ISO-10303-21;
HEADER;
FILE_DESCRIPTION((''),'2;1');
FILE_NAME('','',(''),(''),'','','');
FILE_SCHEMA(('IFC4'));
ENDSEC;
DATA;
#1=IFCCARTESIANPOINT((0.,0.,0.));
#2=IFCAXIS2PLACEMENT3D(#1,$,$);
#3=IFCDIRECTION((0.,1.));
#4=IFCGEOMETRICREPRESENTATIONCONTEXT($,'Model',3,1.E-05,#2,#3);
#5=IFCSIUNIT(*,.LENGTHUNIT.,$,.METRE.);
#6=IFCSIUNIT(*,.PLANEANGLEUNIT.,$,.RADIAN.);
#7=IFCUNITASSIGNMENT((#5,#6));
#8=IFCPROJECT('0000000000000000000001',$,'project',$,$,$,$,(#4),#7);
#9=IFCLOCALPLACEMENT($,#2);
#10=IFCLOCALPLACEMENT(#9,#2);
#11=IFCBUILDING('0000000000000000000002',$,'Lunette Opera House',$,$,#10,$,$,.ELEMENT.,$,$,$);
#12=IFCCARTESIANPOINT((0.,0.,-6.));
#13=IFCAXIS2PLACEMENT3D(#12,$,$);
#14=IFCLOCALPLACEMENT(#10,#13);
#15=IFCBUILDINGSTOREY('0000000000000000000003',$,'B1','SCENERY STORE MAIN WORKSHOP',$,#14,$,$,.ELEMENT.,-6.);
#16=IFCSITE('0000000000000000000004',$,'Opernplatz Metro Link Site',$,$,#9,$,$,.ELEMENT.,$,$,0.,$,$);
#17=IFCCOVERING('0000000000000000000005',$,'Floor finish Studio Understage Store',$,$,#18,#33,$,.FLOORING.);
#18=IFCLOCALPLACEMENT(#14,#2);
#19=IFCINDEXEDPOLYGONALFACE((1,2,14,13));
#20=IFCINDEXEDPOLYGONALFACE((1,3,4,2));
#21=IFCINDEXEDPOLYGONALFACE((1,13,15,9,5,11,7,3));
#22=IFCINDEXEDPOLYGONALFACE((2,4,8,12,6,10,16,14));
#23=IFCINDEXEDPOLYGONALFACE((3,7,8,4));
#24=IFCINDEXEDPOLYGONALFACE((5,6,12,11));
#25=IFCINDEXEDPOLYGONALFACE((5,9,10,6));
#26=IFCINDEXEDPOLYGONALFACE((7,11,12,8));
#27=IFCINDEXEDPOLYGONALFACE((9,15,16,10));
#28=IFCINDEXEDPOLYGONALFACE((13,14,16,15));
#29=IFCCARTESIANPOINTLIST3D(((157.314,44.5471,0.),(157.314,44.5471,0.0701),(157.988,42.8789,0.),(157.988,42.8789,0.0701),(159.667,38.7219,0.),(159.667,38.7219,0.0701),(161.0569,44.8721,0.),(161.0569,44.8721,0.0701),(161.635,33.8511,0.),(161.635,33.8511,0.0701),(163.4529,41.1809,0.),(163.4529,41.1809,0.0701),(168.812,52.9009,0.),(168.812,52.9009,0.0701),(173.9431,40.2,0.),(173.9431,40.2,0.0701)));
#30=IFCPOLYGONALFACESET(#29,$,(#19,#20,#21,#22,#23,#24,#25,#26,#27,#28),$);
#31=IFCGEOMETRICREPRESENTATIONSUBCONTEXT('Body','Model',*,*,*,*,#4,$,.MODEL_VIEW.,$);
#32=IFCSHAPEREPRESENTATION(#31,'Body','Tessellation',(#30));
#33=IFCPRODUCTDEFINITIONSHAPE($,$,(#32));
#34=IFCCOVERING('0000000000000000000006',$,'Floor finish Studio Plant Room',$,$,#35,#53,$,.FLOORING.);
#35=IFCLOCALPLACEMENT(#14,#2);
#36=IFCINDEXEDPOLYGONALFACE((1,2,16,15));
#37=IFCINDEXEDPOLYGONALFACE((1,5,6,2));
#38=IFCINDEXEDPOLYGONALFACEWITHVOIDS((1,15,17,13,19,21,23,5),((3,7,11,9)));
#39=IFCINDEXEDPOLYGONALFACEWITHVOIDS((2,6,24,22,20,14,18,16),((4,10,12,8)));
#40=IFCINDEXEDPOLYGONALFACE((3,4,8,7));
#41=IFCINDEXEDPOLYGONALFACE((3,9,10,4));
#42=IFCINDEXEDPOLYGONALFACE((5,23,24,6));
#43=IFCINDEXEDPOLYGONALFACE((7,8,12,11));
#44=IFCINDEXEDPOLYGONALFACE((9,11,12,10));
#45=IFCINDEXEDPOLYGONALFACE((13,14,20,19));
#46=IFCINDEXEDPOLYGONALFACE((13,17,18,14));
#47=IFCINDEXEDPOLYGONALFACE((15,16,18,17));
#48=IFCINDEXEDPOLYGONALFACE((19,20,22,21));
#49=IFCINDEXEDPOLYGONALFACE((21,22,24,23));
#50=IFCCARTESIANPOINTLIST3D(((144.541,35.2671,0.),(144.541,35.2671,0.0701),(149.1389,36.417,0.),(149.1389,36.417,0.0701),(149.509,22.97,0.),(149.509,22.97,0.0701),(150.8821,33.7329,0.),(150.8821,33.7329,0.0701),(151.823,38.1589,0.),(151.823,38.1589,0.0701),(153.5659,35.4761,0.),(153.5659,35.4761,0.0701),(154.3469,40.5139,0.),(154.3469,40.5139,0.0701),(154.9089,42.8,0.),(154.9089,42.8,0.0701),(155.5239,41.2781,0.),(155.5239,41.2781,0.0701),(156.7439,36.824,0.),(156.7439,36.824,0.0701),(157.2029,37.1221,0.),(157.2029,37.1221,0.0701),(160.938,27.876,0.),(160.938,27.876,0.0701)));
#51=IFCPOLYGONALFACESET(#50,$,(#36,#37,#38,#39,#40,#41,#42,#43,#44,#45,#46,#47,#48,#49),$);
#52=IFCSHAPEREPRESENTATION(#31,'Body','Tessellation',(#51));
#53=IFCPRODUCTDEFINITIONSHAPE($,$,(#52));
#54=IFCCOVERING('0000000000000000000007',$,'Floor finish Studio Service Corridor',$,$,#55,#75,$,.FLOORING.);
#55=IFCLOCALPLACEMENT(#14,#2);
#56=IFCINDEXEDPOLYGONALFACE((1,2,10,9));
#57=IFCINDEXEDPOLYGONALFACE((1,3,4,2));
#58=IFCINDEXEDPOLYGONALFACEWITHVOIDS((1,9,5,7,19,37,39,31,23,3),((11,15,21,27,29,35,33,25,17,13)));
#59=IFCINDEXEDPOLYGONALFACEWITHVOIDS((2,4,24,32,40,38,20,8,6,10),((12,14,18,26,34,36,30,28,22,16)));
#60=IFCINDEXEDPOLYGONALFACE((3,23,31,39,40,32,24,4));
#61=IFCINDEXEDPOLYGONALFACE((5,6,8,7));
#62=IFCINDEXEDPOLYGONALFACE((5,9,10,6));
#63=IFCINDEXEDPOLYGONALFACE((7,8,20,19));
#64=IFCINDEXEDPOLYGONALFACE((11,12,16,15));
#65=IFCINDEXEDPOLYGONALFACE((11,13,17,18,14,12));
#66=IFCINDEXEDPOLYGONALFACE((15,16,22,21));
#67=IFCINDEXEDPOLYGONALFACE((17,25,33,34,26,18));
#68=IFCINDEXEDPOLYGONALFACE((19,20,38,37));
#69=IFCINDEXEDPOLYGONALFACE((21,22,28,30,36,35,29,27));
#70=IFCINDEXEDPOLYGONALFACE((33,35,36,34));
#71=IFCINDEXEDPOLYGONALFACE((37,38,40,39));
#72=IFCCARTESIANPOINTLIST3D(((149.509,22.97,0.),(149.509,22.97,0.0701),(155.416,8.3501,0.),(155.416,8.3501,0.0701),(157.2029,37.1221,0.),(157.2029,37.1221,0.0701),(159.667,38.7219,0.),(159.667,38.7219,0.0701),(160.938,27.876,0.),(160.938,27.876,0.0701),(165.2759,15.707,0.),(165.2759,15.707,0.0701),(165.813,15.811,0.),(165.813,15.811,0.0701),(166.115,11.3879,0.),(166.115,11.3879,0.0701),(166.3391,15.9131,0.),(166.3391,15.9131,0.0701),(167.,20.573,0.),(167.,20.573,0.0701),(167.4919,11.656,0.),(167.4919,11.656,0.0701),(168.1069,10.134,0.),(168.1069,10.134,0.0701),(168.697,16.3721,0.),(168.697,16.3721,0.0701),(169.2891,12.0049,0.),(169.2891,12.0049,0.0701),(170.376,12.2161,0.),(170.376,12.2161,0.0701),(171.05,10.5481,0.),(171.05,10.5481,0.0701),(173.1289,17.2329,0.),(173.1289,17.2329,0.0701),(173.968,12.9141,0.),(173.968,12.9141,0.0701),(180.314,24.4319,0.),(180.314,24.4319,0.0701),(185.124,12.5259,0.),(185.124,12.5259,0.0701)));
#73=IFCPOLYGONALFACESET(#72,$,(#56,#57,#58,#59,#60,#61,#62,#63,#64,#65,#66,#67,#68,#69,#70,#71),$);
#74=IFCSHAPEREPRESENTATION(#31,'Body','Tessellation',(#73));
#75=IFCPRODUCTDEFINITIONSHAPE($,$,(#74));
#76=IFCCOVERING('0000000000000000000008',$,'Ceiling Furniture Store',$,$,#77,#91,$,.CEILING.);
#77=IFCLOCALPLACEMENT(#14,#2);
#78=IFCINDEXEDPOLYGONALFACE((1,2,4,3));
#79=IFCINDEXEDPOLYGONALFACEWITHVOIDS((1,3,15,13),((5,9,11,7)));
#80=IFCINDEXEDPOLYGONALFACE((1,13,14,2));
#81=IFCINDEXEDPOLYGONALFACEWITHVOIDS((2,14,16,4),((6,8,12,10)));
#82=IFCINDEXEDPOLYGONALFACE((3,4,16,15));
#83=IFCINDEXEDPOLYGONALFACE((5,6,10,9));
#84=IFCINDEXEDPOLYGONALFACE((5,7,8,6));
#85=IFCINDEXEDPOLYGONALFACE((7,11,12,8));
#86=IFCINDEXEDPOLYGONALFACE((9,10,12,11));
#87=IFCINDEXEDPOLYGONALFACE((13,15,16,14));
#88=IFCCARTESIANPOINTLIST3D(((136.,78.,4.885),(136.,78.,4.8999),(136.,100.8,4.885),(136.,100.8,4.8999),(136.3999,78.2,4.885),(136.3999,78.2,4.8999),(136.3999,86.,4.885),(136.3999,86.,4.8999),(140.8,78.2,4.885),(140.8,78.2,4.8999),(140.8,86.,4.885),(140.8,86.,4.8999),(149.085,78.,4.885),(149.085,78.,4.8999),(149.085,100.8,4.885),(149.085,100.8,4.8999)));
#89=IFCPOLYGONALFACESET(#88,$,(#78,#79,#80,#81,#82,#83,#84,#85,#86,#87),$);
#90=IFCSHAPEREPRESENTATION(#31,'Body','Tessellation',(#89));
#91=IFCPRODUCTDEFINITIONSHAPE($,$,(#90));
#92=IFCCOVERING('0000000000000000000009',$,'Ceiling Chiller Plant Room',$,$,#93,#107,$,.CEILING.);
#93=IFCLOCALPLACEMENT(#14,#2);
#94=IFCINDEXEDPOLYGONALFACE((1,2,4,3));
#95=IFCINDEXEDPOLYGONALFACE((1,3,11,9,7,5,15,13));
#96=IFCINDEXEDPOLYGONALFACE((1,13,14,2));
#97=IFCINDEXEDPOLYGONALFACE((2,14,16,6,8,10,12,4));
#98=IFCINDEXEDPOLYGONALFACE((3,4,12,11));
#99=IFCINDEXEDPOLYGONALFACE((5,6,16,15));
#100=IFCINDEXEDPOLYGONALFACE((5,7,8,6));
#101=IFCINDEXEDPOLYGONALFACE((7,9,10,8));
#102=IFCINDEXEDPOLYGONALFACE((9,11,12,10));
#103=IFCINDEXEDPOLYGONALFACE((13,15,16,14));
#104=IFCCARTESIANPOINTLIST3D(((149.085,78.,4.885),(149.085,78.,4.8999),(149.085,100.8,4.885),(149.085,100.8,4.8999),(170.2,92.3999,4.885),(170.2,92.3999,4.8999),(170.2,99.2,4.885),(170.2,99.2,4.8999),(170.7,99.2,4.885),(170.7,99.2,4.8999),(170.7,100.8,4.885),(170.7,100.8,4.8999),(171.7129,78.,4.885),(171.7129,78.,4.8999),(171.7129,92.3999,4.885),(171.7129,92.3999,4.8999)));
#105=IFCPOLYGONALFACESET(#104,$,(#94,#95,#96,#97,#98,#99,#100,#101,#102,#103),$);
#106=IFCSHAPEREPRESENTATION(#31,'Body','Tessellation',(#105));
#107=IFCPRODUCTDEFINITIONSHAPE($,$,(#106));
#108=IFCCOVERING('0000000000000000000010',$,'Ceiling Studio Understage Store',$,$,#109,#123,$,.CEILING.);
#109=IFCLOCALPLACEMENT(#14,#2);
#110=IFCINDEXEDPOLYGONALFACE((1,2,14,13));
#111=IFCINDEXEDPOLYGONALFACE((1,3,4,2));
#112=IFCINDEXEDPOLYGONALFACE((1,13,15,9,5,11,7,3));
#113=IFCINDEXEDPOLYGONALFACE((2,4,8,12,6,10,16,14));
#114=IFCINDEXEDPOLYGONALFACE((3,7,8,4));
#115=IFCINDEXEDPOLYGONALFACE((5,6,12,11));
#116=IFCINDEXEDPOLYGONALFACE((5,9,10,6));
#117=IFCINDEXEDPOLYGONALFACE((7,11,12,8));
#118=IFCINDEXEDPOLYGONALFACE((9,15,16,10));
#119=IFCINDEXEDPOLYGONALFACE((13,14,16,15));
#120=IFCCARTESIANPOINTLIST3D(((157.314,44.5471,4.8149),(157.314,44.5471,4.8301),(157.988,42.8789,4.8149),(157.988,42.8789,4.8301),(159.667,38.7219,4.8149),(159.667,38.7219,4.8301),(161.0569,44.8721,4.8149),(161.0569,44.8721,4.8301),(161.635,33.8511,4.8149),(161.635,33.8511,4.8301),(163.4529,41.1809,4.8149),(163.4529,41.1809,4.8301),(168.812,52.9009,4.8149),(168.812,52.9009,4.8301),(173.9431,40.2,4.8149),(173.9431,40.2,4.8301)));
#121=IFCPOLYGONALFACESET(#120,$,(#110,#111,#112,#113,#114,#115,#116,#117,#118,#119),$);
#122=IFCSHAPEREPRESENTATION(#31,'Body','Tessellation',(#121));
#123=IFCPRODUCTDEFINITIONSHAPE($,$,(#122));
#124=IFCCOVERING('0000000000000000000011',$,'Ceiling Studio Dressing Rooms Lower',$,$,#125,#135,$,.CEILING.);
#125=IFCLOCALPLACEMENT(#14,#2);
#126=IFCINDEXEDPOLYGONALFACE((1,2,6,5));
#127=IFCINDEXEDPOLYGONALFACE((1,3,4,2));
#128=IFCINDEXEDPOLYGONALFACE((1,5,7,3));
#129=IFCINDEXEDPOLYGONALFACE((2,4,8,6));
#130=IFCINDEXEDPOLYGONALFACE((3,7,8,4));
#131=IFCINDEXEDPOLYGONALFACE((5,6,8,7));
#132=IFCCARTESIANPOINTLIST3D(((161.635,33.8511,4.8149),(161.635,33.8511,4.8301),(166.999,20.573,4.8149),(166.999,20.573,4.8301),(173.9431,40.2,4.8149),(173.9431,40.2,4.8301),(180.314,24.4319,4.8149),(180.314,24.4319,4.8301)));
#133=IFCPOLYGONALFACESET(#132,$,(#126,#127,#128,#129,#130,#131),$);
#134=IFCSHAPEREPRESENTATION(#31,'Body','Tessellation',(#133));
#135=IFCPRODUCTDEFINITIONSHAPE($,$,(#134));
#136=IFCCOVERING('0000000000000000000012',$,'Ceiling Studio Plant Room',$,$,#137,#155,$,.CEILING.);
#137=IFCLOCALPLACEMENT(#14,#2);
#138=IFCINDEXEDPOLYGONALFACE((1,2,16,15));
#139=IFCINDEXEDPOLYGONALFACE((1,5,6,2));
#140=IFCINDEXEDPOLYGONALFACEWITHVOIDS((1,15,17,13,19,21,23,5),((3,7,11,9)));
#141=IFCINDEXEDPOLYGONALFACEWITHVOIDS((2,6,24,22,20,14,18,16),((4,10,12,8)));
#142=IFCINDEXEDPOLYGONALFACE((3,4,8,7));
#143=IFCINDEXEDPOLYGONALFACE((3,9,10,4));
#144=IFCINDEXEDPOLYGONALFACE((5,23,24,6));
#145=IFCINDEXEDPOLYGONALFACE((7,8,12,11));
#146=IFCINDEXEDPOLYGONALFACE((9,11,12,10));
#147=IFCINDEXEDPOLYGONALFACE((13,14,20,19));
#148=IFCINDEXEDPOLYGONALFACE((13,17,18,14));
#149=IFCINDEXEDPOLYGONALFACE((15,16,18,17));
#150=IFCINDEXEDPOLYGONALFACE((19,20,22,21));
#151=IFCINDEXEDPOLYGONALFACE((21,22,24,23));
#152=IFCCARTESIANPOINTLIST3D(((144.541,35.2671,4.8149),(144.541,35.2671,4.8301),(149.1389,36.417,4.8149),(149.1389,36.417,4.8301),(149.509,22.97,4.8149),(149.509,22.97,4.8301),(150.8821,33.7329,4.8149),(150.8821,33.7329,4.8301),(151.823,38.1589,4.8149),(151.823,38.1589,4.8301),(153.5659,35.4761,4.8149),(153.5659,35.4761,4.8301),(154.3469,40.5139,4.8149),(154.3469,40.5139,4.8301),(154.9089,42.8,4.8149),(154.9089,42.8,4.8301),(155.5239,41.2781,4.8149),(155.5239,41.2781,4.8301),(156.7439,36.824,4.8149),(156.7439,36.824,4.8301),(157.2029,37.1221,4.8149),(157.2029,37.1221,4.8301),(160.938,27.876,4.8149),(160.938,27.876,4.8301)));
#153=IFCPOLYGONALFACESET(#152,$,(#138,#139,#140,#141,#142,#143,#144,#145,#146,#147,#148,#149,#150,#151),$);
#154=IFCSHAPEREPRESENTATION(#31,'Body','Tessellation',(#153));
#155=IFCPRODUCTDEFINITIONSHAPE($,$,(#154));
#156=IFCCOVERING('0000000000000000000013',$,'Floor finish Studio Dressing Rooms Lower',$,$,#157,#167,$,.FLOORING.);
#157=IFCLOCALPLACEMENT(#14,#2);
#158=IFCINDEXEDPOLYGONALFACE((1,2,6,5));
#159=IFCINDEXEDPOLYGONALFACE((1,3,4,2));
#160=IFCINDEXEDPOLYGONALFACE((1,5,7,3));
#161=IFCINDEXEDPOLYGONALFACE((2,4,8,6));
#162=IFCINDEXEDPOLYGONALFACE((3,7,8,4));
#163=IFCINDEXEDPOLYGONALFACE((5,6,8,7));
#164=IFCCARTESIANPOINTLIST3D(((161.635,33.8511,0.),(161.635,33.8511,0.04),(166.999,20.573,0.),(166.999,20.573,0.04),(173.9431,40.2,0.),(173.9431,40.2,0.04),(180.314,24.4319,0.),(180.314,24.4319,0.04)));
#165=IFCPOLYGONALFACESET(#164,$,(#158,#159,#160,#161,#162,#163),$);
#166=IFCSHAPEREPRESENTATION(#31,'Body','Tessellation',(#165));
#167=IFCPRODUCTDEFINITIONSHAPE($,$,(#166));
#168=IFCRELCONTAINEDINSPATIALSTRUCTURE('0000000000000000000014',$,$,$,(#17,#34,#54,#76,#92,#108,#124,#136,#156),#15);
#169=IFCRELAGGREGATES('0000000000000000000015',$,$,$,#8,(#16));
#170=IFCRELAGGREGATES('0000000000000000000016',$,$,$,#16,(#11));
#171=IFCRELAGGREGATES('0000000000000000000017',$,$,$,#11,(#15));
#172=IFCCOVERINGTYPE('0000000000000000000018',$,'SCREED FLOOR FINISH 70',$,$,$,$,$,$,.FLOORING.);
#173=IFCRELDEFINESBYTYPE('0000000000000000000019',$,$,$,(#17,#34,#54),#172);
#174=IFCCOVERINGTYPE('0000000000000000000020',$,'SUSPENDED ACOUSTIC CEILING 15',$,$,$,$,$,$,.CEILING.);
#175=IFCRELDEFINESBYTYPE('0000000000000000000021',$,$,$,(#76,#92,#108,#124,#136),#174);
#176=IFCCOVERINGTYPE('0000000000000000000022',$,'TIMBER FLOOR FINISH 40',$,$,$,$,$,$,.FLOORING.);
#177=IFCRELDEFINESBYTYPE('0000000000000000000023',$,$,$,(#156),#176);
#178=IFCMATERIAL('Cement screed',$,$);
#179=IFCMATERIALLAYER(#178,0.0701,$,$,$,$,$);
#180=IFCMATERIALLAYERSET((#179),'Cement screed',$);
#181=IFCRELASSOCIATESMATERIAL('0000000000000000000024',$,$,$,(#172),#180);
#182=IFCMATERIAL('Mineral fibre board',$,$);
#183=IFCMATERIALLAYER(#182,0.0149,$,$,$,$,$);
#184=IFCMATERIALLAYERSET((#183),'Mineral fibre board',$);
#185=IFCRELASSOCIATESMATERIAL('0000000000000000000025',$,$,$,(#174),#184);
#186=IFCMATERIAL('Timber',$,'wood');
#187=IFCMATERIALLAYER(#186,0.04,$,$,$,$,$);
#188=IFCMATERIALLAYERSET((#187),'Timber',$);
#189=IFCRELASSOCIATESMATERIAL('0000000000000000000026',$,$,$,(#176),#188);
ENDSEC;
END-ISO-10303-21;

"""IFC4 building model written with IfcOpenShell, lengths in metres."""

from ifc_helpers import new_model, si_unit, direction, frame, origin, place, context, subcontext, project, spatial, polyline, outline, extrude, material, layer, layer_set, type_object, element, save


model = new_model("IFC4")

# Units and contexts
model_context = context("Model", 3, precision=1e-05, world=origin(), true_north=direction((0.0, 1.0)))
body_context = subcontext(model_context, "Body", "Model", "MODEL_VIEW")
ifc_project = project(units=[si_unit("LENGTHUNIT", "METRE"), si_unit("PLANEANGLEUNIT", "RADIAN")], contexts=[model_context])

# Site, building, storey
site_placement = place(None, origin())
site = spatial("IfcSite", under=ifc_project, at=site_placement, Name="Opernplatz Metro Link Site", CompositionType="ELEMENT", RefElevation=0.0)
building_placement = place(site_placement, origin())
building = spatial("IfcBuilding", under=site, at=building_placement, Name="Lunette Opera House", CompositionType="ELEMENT")
storey_placement = place(building_placement, frame((0.0, 0.0, -6.0)))
storey = spatial("IfcBuildingStorey", under=building, at=storey_placement, Name="B1", Description="SCENERY STORE MAIN WORKSHOP", CompositionType="ELEMENT", Elevation=-6.0)

# Coverings
ifc_material_1 = material(Name="Cement screed")
ifc_layer_1 = layer(ifc_material_1, 0.0701)
ifc_layer_set_1 = layer_set([ifc_layer_1], Name="Cement screed")
covering_type_1 = type_object("IfcCoveringType", Name="SCREED FLOOR FINISH 70", PredefinedType="FLOORING", material=ifc_layer_set_1)
covering_1_placement = place(storey_placement, origin())
element("IfcCovering", 1, at=covering_1_placement, inside=storey, type_object=covering_type_1, Name="Floor finish Studio Understage Store", PredefinedType="FLOORING", context=body_context, shape_type="SweptSolid", body=[
    extrude(outline(polyline([(159.667, 38.7219), (163.4529, 41.1809), (161.0569, 44.8721), (157.988, 42.8789), (157.314, 44.5471), (168.812, 52.9009), (173.9431, 40.2), (161.635, 33.8511), (159.667, 38.7219)])), origin(), (0.0, 0.0, 1.0), 0.0701),
])
covering_2_placement = place(storey_placement, origin())
element("IfcCovering", 2, at=covering_2_placement, inside=storey, type_object=covering_type_1, Name="Floor finish Studio Plant Room", PredefinedType="FLOORING", context=body_context, shape_type="SweptSolid", body=[
    extrude(outline(polyline([(154.9089, 42.8), (155.5239, 41.2781), (154.3469, 40.5139), (156.7439, 36.824), (157.2029, 37.1221), (160.938, 27.876), (149.509, 22.97), (144.541, 35.2671), (154.9089, 42.8)]), holes=[polyline([(153.5659, 35.4761), (151.823, 38.1589), (149.1389, 36.417), (150.8821, 33.7329), (153.5659, 35.4761)])]), origin(), (0.0, 0.0, 1.0), 0.0701),
])
covering_3_placement = place(storey_placement, origin())
element("IfcCovering", 3, at=covering_3_placement, inside=storey, type_object=covering_type_1, Name="Floor finish Studio Service Corridor", PredefinedType="FLOORING", context=body_context, shape_type="SweptSolid", body=[
    extrude(outline(polyline([(157.2029, 37.1221), (159.667, 38.7219), (167.0, 20.573), (180.314, 24.4319), (185.124, 12.5259), (171.05, 10.5481), (168.1069, 10.134), (155.416, 8.3501), (149.509, 22.97), (160.938, 27.876), (157.2029, 37.1221)]), holes=[polyline([(173.968, 12.9141), (173.1289, 17.2329), (168.697, 16.3721), (166.3391, 15.9131), (165.813, 15.811), (165.2759, 15.707), (166.115, 11.3879), (167.4919, 11.656), (169.2891, 12.0049), (170.376, 12.2161), (173.968, 12.9141)])]), origin(), (0.0, 0.0, 1.0), 0.0701),
])
ifc_material_2 = material(Name="Mineral fibre board")
ifc_layer_2 = layer(ifc_material_2, 0.0149)
ifc_layer_set_2 = layer_set([ifc_layer_2], Name="Mineral fibre board")
covering_type_2 = type_object("IfcCoveringType", Name="SUSPENDED ACOUSTIC CEILING 15", PredefinedType="CEILING", material=ifc_layer_set_2)
covering_4_placement = place(storey_placement, frame((0.0, 0.0, 4.885)))
element("IfcCovering", 4, at=covering_4_placement, inside=storey, type_object=covering_type_2, Name="Ceiling Furniture Store", PredefinedType="CEILING", context=body_context, shape_type="SweptSolid", body=[
    extrude(outline(polyline([(136.0, 100.8), (149.085, 100.8), (149.085, 78.0), (136.0, 78.0), (136.0, 100.8)]), holes=[polyline([(136.3999, 78.2), (140.8, 78.2), (140.8, 86.0), (136.3999, 86.0), (136.3999, 78.2)])]), origin(), (0.0, 0.0, 1.0), 0.0149),
])
covering_5_placement = place(storey_placement, frame((0.0, 0.0, 4.885)))
element("IfcCovering", 5, at=covering_5_placement, inside=storey, type_object=covering_type_2, Name="Ceiling Chiller Plant Room", PredefinedType="CEILING", context=body_context, shape_type="SweptSolid", body=[
    extrude(outline(polyline([(170.7, 99.2), (170.2, 99.2), (170.2, 92.3999), (171.7129, 92.3999), (171.7129, 78.0), (149.085, 78.0), (149.085, 100.8), (170.7, 100.8), (170.7, 99.2)])), origin(), (0.0, 0.0, 1.0), 0.0149),
])
covering_6_placement = place(storey_placement, frame((0.0, 0.0, 4.8149)))
element("IfcCovering", 6, at=covering_6_placement, inside=storey, type_object=covering_type_2, Name="Ceiling Studio Understage Store", PredefinedType="CEILING", context=body_context, shape_type="SweptSolid", body=[
    extrude(outline(polyline([(159.667, 38.7219), (163.4529, 41.1809), (161.0569, 44.8721), (157.988, 42.8789), (157.314, 44.5471), (168.812, 52.9009), (173.9431, 40.2), (161.635, 33.8511), (159.667, 38.7219)])), origin(), (0.0, 0.0, 1.0), 0.0151),
])
covering_7_placement = place(storey_placement, frame((0.0, 0.0, 4.8149)))
element("IfcCovering", 7, at=covering_7_placement, inside=storey, type_object=covering_type_2, Name="Ceiling Studio Dressing Rooms Lower", PredefinedType="CEILING", context=body_context, shape_type="SweptSolid", body=[
    extrude(outline(polyline([(161.635, 33.8511), (173.9431, 40.2), (180.314, 24.4319), (166.999, 20.573), (161.635, 33.8511)])), origin(), (0.0, 0.0, 1.0), 0.0151),
])
covering_8_placement = place(storey_placement, frame((0.0, 0.0, 4.8149)))
element("IfcCovering", 8, at=covering_8_placement, inside=storey, type_object=covering_type_2, Name="Ceiling Studio Plant Room", PredefinedType="CEILING", context=body_context, shape_type="SweptSolid", body=[
    extrude(outline(polyline([(154.9089, 42.8), (155.5239, 41.2781), (154.3469, 40.5139), (156.7439, 36.824), (157.2029, 37.1221), (160.938, 27.876), (149.509, 22.97), (144.541, 35.2671), (154.9089, 42.8)]), holes=[polyline([(153.5659, 35.4761), (151.823, 38.1589), (149.1389, 36.417), (150.8821, 33.7329), (153.5659, 35.4761)])]), origin(), (0.0, 0.0, 1.0), 0.0151),
])
ifc_material_3 = material(Name="Timber", Category="wood")
ifc_layer_3 = layer(ifc_material_3, 0.04)
ifc_layer_set_3 = layer_set([ifc_layer_3], Name="Timber")
covering_type_3 = type_object("IfcCoveringType", Name="TIMBER FLOOR FINISH 40", PredefinedType="FLOORING", material=ifc_layer_set_3)
covering_9_placement = place(storey_placement, origin())
element("IfcCovering", 9, at=covering_9_placement, inside=storey, type_object=covering_type_3, Name="Floor finish Studio Dressing Rooms Lower", PredefinedType="FLOORING", context=body_context, shape_type="SweptSolid", body=[
    extrude(outline(polyline([(161.635, 33.8511), (173.9431, 40.2), (180.314, 24.4319), (166.999, 20.573), (161.635, 33.8511)])), origin(), (0.0, 0.0, 1.0), 0.04),
])

save(model, "model.ifc")
